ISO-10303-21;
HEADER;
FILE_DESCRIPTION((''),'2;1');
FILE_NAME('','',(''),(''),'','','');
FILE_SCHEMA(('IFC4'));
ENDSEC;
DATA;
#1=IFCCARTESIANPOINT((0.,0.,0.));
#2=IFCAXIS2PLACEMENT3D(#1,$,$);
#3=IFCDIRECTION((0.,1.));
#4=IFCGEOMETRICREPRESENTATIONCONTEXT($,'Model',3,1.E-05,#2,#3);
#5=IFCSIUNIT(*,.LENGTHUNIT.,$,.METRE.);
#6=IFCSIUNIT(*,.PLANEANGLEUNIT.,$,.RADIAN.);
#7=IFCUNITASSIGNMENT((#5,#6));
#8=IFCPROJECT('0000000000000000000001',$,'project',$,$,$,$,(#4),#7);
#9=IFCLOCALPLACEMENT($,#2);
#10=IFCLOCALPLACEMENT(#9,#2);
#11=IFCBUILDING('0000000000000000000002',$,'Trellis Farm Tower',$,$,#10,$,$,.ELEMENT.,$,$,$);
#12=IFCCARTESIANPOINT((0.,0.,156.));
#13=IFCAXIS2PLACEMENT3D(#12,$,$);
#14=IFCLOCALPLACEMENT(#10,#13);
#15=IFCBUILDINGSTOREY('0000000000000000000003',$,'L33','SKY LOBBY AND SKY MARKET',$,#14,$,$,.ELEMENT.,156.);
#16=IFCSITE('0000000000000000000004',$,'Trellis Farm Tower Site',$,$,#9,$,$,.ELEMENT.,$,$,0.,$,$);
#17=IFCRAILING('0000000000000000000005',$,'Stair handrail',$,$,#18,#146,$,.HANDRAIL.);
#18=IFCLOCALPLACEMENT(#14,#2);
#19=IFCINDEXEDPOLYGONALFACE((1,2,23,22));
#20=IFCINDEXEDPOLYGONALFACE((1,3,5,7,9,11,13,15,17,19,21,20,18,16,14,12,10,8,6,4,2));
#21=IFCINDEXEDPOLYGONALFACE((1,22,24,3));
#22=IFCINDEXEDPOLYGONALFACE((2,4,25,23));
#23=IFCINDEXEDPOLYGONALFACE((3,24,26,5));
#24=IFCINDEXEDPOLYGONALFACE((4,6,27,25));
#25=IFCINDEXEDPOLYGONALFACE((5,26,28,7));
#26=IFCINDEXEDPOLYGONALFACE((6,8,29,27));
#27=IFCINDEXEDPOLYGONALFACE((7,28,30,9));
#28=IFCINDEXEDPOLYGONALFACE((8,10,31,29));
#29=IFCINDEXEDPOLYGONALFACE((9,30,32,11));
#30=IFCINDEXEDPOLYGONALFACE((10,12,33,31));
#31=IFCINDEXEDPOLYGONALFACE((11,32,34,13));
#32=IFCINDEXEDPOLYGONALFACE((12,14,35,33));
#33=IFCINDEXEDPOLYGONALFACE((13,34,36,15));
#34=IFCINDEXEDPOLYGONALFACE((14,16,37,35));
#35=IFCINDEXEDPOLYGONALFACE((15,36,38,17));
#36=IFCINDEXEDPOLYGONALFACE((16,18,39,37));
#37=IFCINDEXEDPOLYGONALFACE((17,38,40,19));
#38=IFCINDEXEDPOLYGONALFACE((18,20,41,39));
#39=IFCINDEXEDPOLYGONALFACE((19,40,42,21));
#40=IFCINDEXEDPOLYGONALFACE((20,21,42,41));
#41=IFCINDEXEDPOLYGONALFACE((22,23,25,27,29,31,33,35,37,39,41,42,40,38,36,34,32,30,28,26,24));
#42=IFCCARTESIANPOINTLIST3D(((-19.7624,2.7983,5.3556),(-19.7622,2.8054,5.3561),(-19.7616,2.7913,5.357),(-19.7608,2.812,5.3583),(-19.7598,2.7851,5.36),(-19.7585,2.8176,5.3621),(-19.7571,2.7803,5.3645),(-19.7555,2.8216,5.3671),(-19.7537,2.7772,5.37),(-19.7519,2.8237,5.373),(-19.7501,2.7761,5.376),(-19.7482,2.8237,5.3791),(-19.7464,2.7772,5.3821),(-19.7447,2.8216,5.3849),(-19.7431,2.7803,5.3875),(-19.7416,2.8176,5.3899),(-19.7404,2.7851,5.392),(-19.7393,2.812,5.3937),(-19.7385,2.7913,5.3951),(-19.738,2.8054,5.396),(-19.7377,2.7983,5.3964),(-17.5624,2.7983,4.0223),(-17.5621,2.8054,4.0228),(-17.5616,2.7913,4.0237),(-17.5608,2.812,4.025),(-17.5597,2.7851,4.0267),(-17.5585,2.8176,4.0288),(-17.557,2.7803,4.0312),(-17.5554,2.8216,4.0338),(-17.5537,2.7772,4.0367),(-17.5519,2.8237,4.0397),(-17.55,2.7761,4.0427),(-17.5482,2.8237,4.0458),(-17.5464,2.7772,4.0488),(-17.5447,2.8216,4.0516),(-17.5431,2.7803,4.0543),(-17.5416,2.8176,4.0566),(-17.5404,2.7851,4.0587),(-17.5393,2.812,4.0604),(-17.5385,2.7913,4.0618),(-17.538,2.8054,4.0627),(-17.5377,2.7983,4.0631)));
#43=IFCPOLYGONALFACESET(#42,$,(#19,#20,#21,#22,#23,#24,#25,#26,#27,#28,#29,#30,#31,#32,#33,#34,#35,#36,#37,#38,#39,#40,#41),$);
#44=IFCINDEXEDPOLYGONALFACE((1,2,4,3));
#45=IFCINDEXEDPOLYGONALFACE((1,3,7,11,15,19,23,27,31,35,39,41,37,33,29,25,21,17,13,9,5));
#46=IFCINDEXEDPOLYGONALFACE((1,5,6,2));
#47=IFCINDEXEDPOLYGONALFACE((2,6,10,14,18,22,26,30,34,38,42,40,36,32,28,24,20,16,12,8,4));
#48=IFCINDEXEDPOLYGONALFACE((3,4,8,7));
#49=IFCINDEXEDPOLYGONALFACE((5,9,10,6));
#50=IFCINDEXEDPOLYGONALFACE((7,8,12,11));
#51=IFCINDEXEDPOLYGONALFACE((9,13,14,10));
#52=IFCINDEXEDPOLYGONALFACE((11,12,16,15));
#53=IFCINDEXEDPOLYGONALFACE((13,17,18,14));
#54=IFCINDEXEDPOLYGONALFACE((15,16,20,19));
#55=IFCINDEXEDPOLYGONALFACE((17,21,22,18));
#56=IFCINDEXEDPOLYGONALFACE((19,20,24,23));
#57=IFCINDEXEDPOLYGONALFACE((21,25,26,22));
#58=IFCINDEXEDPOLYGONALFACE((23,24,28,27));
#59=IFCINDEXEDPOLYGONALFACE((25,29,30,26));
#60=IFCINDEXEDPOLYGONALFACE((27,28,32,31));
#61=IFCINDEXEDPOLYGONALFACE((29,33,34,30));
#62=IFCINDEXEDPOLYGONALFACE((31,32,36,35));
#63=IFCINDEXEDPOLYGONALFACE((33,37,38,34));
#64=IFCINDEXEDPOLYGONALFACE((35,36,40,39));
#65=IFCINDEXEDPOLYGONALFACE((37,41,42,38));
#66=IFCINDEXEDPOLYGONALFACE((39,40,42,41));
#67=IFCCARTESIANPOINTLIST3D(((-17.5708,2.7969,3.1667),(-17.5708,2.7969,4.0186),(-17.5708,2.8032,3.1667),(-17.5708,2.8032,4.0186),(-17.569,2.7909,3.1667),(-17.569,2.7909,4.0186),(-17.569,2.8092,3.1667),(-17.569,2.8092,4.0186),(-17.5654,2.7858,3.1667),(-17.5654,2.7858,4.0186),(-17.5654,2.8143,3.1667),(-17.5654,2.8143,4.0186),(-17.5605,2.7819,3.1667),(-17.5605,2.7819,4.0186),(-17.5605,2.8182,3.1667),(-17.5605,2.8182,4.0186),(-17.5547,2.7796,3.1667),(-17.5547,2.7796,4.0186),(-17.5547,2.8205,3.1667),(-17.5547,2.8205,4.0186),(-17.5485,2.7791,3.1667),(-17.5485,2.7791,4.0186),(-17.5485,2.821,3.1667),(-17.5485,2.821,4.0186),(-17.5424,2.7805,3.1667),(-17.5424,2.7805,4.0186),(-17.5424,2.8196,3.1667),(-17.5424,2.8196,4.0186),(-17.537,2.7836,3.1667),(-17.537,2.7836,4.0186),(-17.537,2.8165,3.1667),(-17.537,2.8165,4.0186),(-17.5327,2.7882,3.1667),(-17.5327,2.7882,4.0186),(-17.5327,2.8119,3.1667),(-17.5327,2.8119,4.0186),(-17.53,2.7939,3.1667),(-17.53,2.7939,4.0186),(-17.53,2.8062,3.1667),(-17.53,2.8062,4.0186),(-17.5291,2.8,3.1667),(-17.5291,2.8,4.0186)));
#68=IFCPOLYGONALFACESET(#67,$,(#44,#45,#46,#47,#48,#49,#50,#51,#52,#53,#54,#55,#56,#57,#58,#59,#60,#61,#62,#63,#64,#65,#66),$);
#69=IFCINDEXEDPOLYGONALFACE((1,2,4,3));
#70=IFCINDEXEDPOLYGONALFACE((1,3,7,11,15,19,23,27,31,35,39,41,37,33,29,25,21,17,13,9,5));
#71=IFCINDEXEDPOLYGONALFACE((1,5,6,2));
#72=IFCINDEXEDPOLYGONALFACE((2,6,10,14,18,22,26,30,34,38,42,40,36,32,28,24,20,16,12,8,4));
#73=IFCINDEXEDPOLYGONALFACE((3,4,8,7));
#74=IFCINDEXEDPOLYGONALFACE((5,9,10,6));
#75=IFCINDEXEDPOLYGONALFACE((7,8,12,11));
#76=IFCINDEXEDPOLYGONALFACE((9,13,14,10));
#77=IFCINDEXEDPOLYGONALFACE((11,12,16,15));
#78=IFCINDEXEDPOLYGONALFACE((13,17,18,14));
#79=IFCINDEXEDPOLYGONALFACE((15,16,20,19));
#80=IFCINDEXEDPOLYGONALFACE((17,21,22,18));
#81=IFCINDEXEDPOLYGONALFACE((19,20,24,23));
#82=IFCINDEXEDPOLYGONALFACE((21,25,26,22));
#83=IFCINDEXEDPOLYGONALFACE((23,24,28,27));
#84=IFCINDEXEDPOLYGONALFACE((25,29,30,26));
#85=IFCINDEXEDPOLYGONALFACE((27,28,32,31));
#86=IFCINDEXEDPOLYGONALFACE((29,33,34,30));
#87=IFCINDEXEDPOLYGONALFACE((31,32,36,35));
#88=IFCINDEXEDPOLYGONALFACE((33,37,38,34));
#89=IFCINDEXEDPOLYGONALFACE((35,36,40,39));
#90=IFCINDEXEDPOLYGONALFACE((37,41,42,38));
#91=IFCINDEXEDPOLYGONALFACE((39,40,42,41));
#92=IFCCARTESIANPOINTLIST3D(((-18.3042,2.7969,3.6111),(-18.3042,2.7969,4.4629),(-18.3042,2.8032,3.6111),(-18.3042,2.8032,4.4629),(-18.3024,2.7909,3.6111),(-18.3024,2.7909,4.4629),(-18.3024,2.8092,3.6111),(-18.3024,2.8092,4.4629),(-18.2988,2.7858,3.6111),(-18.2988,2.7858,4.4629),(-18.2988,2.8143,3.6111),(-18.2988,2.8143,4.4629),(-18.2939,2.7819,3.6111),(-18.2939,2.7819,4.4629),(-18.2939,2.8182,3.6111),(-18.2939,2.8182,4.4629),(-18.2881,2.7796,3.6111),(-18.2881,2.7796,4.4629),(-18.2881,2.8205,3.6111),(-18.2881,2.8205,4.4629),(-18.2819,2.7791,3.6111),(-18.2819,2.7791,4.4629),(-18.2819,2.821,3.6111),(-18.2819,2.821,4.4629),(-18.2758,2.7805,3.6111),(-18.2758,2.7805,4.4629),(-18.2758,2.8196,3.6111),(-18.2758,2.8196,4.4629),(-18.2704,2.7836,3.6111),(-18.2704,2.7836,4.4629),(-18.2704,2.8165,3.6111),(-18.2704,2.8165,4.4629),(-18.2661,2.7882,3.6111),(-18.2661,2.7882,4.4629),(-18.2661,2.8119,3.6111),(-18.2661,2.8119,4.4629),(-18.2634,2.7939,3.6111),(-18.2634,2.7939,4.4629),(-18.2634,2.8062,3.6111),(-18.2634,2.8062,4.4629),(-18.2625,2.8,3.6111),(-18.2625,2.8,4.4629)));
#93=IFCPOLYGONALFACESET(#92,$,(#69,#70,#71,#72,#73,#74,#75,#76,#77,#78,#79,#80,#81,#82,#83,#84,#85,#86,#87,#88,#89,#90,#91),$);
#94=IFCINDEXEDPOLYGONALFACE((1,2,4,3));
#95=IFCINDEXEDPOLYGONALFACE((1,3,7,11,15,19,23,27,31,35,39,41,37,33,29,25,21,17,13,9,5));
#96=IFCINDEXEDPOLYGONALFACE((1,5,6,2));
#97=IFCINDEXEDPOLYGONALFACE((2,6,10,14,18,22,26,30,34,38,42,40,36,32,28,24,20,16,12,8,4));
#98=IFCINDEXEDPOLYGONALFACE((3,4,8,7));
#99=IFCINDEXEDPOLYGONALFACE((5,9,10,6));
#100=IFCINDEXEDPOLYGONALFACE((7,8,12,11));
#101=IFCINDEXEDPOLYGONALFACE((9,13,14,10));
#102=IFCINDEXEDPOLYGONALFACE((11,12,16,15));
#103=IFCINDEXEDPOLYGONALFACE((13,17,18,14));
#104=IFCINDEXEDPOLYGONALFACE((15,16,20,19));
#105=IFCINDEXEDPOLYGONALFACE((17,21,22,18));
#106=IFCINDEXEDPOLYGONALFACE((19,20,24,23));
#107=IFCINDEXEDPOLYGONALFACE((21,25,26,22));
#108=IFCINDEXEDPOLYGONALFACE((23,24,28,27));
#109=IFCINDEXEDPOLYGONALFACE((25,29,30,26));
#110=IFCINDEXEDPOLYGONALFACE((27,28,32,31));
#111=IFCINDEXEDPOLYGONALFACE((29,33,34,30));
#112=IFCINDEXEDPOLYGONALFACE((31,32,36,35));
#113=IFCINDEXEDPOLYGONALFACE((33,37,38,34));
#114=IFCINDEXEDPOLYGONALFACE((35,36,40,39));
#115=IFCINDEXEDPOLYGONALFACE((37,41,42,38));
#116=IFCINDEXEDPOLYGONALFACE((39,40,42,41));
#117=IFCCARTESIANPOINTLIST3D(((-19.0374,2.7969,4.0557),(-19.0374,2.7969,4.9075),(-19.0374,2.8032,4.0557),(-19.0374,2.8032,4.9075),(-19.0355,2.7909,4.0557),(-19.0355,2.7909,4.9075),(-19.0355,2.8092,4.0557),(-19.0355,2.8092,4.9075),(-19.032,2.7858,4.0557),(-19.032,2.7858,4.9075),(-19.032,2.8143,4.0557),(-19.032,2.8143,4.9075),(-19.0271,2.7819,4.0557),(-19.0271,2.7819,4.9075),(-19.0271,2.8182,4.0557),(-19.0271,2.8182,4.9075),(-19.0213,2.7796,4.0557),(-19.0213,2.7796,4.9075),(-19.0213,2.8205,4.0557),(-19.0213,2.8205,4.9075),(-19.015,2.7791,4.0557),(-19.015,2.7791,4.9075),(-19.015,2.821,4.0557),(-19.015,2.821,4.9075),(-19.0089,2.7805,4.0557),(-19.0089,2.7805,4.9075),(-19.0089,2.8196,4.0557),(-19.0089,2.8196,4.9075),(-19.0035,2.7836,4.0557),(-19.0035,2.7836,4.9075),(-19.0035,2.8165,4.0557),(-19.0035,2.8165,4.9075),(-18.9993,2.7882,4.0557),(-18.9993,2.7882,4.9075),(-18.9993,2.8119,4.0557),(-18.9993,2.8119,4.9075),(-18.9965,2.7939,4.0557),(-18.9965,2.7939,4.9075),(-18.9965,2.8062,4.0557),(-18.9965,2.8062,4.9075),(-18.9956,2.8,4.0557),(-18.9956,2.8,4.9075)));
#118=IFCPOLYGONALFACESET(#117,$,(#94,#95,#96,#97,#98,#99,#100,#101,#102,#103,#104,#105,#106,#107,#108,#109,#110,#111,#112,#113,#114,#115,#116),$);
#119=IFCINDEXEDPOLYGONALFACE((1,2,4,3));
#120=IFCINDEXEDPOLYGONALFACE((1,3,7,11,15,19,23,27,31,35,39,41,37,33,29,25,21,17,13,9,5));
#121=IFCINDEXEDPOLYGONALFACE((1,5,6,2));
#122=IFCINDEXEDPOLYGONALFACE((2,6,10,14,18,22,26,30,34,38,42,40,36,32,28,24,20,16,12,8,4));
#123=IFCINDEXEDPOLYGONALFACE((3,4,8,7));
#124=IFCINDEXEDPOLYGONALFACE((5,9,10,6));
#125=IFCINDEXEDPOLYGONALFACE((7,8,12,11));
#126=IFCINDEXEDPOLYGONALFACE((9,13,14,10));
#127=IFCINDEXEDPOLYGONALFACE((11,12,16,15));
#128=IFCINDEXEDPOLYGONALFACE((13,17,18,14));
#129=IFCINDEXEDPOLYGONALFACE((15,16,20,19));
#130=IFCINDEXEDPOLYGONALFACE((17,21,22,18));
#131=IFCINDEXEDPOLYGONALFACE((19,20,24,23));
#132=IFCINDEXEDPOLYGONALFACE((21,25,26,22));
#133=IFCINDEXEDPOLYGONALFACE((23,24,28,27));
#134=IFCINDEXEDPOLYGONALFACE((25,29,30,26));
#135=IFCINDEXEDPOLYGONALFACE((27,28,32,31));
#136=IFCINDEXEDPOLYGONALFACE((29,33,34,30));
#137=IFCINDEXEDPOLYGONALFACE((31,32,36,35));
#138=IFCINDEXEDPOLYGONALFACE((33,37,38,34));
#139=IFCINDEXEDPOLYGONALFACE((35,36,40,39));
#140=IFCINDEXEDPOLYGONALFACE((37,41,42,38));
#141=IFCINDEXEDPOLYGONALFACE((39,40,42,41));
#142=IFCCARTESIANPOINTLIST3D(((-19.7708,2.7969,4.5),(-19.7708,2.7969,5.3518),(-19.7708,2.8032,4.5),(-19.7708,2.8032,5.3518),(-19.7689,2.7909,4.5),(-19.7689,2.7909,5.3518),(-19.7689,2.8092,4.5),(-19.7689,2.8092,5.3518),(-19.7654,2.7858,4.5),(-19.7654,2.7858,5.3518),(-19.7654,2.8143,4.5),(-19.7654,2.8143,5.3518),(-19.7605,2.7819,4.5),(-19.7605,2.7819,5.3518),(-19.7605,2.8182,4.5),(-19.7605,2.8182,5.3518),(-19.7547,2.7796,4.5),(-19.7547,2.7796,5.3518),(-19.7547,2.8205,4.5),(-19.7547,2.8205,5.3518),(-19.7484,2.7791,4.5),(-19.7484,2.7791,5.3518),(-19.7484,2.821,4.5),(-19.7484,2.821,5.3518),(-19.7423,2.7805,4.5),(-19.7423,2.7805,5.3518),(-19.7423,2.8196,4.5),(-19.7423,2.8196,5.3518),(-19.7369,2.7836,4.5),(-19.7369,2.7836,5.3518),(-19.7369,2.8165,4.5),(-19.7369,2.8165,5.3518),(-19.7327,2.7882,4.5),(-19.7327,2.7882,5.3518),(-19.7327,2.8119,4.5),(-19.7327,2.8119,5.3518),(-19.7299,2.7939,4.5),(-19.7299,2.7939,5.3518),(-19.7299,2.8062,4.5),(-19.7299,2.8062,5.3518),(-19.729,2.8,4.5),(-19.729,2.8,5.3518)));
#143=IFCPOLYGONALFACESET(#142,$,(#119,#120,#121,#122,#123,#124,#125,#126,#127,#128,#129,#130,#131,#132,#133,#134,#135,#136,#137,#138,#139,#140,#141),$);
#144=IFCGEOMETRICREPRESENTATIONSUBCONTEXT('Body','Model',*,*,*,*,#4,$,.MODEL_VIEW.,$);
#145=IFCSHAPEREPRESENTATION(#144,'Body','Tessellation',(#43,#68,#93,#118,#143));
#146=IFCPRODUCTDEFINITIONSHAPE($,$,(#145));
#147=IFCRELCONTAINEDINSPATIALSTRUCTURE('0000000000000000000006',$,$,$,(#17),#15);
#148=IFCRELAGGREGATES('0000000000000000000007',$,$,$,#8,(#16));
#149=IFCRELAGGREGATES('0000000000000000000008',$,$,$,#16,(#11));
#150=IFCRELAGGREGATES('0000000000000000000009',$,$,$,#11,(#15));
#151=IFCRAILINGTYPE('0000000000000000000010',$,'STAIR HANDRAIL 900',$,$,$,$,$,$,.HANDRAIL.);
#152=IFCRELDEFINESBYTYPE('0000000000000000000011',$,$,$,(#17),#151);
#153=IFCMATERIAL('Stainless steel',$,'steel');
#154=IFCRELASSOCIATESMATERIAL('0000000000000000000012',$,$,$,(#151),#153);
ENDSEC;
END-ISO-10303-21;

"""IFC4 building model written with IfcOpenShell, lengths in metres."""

from ifc_helpers import new_model, si_unit, direction, frame, origin, origin_2d, place, context, subcontext, project, spatial, circle, extrude, source, transform, mapped, material, type_object, element, save


model = new_model("IFC4")

# Units and contexts
model_context = context("Model", 3, precision=1e-05, world=origin(), true_north=direction((0.0, 1.0)))
body_context = subcontext(model_context, "Body", "Model", "MODEL_VIEW")
ifc_project = project(units=[si_unit("LENGTHUNIT", "METRE"), si_unit("PLANEANGLEUNIT", "RADIAN")], contexts=[model_context])

# Site, building, storey
site_placement = place(None, origin())
site = spatial("IfcSite", under=ifc_project, at=site_placement, Name="Trellis Farm Tower Site", CompositionType="ELEMENT", RefElevation=0.0)
building_placement = place(site_placement, origin())
building = spatial("IfcBuilding", under=site, at=building_placement, Name="Trellis Farm Tower", CompositionType="ELEMENT")
storey_placement = place(building_placement, frame((0.0, 0.0, 156.0)))
storey = spatial("IfcBuildingStorey", under=building, at=storey_placement, Name="L33", Description="SKY LOBBY AND SKY MARKET", CompositionType="ELEMENT", Elevation=156.0)

# Railing
ifc_material_1 = material(Name="Stainless steel", Category="steel")
railing_type = type_object("IfcRailingType", Name="STAIR HANDRAIL 900", PredefinedType="HANDRAIL", material=ifc_material_1)
shared_shape_1 = source(origin(), body_context, "Body", "SweptSolid", [
    extrude(circle(Radius=0.0239, at=origin_2d()), frame((0.0, 0.0, 0.876), z_axis=(-0.855207, 0.0, 0.518287), x_axis=(0.0, -1.0, 0.0)), (0.0, 0.0, 1.0), 2.5725),
    extrude(circle(Radius=0.021, at=origin_2d()), origin(), (0.0, 0.0, 1.0), 0.8518),
    extrude(circle(Radius=0.021, at=origin_2d()), frame((-0.7334, 0.0, 0.4443)), (0.0, 0.0, 1.0), 0.8518),
    extrude(circle(Radius=0.021, at=origin_2d()), frame((-1.4666, 0.0, 0.8889)), (0.0, 0.0, 1.0), 0.8518),
    extrude(circle(Radius=0.021, at=origin_2d()), frame((-2.2, 0.0, 1.3333)), (0.0, 0.0, 1.0), 0.8518),
])
for number, where, name in (
    (1, (-17.55, 2.8, 3.1667), "Stair handrail"),
):
    element("IfcRailing", number, at=place(storey_placement, frame(where)), inside=storey, type_object=railing_type, Name=name, PredefinedType="HANDRAIL", context=body_context, shape_type="MappedRepresentation", body=[
        mapped(shared_shape_1, transform((0.0, 0.0, 0.0))),
    ])

save(model, "model.ifc")
